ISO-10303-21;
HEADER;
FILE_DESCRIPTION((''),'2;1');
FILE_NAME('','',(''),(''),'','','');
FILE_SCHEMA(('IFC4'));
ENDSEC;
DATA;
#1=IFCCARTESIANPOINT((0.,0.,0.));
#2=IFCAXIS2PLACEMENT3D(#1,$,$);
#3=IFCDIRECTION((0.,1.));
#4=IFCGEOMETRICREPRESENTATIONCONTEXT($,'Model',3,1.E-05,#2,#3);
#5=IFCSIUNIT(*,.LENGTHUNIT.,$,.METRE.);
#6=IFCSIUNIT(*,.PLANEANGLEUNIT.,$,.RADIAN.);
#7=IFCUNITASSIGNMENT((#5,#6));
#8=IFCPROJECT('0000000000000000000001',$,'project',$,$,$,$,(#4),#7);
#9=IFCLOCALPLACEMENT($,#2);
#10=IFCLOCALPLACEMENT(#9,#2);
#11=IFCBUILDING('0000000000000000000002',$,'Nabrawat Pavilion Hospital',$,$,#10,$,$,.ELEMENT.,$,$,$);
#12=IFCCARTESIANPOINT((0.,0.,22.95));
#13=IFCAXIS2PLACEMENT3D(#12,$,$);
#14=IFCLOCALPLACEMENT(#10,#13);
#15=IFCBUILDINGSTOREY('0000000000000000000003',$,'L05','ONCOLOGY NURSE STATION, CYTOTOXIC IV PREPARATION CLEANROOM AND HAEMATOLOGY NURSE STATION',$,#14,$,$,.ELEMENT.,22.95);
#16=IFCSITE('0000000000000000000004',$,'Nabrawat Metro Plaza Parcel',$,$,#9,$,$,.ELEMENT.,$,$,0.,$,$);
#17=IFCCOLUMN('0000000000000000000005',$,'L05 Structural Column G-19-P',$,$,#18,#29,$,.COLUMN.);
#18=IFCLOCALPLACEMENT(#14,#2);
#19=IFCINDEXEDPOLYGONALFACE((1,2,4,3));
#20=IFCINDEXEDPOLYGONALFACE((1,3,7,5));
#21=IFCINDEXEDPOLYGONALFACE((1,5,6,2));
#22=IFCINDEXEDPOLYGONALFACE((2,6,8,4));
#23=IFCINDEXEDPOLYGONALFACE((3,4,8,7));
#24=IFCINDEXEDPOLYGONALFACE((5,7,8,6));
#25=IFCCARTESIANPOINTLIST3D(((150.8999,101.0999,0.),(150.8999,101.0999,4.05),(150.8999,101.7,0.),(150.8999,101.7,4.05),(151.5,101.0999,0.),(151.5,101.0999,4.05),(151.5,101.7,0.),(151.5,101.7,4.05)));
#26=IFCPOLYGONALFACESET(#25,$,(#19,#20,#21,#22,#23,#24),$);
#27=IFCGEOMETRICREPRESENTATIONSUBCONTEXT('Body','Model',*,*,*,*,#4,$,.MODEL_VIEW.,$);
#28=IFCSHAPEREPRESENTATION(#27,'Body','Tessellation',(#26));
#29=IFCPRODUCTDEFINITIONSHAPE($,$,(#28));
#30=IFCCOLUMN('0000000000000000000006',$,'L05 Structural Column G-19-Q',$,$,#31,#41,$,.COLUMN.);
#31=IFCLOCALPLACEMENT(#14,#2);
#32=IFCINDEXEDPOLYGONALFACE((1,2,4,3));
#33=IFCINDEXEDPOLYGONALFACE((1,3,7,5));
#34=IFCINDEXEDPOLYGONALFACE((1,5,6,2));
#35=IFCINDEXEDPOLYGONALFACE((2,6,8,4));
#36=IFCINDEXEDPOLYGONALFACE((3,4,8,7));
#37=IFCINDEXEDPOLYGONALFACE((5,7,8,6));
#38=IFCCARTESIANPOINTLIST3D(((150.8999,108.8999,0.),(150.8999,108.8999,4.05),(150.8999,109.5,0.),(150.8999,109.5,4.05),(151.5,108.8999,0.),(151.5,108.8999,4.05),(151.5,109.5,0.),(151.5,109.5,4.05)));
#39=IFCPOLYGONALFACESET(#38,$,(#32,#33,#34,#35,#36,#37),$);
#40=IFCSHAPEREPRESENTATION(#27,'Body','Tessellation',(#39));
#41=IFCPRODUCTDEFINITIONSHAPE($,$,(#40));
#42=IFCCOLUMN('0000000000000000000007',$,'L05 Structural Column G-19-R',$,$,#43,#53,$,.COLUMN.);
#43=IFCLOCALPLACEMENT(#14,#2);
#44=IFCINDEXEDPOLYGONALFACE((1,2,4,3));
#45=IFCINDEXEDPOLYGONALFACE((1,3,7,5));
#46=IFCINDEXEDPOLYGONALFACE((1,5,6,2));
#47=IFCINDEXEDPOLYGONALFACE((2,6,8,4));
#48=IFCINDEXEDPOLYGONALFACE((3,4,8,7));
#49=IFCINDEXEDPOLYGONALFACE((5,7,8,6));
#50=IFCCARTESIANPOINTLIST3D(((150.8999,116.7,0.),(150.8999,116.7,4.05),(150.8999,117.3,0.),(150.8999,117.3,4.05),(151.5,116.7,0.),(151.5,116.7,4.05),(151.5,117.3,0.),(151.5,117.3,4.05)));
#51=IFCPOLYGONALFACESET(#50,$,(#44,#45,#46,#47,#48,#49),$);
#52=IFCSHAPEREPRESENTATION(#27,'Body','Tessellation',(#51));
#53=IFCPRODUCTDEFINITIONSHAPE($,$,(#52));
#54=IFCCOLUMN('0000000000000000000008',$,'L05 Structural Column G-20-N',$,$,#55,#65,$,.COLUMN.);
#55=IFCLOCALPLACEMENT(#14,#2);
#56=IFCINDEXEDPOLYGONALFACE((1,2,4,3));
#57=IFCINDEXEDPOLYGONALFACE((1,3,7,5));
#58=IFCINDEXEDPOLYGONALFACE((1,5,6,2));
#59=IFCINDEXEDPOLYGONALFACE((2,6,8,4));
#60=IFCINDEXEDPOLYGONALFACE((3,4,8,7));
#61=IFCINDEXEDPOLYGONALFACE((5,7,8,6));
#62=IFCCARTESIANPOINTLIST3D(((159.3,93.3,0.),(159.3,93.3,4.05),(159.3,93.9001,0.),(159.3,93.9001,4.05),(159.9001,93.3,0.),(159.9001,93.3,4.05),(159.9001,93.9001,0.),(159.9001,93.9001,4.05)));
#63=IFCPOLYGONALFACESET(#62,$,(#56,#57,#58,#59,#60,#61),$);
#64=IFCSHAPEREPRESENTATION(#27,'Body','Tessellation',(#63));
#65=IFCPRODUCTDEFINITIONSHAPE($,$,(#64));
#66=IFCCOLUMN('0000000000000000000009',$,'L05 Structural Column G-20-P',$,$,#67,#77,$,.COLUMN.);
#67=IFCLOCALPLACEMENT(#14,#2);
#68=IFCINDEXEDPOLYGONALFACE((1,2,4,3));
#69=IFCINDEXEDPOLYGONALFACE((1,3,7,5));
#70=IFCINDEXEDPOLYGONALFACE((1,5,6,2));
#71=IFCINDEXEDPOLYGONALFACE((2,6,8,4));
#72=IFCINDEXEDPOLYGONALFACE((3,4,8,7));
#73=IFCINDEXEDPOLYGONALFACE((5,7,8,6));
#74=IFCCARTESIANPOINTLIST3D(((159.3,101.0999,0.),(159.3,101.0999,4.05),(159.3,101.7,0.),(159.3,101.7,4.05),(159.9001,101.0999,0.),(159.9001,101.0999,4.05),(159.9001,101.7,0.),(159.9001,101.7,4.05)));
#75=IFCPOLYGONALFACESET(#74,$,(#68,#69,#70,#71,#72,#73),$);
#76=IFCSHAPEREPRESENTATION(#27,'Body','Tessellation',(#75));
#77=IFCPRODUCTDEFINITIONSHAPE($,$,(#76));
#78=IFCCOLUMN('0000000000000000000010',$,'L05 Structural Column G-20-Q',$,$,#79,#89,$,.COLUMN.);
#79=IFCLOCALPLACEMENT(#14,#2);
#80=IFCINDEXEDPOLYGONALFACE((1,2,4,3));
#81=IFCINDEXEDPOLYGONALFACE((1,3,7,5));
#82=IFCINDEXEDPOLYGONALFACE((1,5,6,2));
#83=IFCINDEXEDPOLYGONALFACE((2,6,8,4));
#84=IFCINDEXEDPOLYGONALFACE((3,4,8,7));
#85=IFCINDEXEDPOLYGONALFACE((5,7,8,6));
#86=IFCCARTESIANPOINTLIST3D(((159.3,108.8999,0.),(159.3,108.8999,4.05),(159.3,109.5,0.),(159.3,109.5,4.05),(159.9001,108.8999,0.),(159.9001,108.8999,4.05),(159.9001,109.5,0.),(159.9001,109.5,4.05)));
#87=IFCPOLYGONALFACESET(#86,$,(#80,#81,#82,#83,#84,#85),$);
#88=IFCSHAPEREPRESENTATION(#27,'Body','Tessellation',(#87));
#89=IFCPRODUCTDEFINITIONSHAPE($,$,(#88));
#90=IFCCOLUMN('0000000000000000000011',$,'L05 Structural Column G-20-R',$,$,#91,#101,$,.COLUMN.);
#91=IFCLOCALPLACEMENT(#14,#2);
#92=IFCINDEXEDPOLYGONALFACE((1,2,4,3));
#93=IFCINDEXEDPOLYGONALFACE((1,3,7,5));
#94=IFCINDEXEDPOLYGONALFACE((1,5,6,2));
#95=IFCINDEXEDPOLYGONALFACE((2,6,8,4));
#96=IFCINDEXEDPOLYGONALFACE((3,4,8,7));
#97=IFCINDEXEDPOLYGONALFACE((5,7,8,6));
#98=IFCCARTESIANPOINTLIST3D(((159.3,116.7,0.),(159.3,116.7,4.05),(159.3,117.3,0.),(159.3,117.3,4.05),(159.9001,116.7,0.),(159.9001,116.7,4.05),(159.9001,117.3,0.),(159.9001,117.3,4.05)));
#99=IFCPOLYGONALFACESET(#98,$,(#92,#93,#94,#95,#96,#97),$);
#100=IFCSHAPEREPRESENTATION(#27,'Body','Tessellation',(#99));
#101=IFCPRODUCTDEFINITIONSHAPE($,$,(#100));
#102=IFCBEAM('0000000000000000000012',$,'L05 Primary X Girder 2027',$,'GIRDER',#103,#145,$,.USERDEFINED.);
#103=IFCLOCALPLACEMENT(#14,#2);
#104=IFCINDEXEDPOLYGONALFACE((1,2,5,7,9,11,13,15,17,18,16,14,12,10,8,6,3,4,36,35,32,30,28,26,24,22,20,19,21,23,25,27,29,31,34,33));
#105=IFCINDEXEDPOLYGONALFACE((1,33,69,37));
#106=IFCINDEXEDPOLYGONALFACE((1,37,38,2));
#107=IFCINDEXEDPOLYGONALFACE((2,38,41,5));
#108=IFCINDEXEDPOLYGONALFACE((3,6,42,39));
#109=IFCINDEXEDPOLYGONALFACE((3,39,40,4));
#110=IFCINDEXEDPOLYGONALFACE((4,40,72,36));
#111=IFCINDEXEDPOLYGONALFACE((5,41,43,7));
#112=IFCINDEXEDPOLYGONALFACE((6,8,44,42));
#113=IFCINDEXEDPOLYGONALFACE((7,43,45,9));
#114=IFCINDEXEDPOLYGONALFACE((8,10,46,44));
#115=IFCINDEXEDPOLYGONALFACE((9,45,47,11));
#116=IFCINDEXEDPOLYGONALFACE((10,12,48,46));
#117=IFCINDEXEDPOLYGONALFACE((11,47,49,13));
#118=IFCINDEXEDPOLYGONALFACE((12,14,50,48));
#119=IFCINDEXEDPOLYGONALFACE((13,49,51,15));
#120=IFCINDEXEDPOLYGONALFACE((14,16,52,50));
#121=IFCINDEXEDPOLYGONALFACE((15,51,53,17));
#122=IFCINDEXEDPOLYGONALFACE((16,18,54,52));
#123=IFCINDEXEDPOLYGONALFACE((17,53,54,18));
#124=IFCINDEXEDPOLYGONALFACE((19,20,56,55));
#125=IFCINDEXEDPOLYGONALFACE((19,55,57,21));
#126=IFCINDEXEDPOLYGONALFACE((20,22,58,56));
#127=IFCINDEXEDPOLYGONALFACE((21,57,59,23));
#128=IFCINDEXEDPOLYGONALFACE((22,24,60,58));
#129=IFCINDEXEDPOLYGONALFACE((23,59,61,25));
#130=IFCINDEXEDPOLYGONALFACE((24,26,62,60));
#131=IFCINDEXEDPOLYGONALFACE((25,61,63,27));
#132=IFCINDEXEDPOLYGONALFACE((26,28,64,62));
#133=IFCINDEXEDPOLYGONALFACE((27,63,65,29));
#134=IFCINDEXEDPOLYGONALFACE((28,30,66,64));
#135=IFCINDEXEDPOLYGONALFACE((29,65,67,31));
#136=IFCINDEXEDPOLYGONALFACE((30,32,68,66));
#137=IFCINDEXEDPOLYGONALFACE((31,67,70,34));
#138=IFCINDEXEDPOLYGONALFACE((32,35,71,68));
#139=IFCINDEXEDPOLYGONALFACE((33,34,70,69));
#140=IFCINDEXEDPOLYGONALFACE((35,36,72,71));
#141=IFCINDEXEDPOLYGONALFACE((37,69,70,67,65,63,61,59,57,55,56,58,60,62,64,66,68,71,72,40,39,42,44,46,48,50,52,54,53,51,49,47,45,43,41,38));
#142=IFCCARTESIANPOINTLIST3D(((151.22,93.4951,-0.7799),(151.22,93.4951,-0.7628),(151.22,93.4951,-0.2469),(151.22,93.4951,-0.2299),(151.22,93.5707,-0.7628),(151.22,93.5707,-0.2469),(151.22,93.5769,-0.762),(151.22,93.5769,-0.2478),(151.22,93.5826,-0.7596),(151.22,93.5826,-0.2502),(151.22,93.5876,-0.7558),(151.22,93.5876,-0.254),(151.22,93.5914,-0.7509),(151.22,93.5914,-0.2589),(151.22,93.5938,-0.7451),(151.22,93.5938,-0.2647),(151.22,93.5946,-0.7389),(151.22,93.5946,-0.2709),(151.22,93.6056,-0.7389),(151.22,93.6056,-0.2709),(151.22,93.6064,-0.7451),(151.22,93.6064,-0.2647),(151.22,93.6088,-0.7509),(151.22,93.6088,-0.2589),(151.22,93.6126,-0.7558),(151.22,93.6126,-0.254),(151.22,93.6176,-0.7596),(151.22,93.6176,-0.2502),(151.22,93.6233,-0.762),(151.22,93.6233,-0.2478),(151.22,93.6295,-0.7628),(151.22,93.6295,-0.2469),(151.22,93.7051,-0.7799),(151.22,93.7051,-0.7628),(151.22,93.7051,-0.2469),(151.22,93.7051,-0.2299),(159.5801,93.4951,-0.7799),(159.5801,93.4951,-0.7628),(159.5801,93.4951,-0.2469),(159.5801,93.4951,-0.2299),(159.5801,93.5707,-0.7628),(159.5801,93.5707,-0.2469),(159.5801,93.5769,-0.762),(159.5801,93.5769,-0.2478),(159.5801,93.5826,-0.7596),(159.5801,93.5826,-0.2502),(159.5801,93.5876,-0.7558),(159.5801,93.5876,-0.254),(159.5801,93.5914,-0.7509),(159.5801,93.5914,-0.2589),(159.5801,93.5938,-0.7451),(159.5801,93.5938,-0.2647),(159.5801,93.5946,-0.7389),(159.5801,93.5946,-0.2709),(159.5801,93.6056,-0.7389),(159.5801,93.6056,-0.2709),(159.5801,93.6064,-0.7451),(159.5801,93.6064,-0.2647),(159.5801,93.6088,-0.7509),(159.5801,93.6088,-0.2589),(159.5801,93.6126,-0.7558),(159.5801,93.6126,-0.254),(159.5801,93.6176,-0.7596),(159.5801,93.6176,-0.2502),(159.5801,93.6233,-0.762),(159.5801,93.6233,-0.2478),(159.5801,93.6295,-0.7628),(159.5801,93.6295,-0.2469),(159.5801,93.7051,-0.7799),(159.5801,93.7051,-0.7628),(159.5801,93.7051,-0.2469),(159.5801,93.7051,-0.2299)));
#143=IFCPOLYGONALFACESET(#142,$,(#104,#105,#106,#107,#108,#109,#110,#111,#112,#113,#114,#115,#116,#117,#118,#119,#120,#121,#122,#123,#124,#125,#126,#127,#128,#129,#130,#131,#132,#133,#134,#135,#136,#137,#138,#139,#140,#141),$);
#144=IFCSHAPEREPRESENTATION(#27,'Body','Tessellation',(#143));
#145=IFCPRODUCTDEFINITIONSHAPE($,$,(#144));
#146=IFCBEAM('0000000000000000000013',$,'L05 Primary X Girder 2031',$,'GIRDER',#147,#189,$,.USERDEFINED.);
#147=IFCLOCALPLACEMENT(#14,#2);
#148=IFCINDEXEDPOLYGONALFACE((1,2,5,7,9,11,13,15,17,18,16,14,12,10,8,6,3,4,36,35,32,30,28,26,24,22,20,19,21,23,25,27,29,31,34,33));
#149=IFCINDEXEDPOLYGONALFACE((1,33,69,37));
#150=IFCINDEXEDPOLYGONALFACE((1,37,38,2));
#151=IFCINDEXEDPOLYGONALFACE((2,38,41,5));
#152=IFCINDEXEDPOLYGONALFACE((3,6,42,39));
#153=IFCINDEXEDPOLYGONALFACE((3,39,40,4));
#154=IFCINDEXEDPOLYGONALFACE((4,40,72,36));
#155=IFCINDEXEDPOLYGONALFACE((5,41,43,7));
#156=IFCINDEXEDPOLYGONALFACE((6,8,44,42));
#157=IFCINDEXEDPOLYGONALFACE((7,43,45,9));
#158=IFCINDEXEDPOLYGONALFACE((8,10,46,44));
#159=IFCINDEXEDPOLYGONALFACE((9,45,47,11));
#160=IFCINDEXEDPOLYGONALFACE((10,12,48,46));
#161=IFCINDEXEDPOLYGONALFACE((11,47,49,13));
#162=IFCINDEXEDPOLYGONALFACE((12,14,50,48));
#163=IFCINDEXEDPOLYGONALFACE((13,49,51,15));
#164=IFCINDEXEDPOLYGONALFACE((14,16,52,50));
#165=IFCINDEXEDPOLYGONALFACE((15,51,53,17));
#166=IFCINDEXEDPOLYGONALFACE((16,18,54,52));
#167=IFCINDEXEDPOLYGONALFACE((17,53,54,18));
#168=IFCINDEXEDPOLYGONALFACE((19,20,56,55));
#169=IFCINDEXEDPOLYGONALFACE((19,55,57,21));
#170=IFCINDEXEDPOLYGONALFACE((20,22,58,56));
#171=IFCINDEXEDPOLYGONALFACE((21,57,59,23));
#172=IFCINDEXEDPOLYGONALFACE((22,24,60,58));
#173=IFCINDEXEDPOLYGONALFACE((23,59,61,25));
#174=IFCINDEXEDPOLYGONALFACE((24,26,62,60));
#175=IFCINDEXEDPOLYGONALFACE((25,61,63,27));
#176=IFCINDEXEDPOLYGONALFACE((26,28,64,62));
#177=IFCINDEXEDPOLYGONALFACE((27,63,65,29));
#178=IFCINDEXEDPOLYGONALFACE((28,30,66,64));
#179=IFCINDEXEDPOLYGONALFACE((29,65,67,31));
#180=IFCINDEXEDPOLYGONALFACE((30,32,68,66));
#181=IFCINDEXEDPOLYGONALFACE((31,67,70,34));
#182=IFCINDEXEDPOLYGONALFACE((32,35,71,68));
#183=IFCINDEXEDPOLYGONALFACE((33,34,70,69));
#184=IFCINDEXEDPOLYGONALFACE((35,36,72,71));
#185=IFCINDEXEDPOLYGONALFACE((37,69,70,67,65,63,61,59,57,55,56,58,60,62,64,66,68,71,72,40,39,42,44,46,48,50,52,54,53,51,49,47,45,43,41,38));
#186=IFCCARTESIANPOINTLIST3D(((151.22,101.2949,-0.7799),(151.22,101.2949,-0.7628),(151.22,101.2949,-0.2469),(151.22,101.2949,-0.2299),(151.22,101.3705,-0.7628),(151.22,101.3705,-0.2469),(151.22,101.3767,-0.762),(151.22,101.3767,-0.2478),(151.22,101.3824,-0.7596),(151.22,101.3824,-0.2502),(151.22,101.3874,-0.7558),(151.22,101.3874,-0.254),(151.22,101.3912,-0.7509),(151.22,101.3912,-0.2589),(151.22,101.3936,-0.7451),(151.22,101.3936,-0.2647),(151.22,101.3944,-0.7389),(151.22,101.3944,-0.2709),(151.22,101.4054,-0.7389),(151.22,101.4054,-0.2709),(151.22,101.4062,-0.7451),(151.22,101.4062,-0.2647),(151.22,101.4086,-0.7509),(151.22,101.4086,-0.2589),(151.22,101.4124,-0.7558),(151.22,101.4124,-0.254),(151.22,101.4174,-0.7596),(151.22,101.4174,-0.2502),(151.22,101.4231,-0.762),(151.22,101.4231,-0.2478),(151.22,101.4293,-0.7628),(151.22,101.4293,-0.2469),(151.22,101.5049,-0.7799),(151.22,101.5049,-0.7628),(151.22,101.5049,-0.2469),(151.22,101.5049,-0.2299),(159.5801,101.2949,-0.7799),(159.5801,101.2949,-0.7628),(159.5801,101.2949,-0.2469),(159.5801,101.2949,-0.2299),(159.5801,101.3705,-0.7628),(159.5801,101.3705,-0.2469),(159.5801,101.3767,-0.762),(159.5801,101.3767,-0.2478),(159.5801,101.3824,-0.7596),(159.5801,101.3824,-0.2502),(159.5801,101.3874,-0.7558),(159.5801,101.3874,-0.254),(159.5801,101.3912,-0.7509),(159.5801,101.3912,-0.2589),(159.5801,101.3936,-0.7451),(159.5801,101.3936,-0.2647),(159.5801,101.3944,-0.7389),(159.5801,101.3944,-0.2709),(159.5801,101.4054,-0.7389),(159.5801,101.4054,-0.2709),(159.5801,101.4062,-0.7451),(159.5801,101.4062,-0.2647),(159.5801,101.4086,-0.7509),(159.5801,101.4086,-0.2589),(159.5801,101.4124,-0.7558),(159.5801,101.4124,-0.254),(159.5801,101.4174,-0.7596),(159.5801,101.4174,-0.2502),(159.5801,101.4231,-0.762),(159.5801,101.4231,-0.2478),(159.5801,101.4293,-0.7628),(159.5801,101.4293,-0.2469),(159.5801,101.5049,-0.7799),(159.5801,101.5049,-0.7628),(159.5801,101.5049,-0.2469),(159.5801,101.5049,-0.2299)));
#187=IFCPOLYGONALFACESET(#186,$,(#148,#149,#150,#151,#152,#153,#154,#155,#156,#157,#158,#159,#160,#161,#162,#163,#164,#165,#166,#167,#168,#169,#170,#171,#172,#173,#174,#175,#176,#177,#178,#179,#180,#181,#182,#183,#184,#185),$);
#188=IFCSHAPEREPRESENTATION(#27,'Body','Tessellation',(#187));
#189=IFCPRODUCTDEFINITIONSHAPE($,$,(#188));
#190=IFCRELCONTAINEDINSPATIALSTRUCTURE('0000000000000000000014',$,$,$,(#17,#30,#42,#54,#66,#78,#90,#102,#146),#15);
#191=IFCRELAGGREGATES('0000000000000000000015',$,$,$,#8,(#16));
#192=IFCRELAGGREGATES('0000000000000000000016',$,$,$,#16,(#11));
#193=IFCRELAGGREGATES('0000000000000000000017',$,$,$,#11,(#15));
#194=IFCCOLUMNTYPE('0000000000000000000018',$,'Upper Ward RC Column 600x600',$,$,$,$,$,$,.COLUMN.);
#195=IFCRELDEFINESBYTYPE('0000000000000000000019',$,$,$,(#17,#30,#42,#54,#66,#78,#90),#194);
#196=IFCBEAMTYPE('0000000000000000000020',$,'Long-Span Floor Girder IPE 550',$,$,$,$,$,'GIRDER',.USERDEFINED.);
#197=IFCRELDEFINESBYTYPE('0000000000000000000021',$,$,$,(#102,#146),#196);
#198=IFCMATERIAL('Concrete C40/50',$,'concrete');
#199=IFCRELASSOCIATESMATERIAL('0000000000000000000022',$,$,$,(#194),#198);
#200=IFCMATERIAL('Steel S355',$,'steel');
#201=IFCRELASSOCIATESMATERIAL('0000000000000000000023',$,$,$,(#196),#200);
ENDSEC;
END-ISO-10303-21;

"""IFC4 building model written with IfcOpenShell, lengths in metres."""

from ifc_helpers import new_model, si_unit, direction, frame, origin, origin_2d, place, context, subcontext, project, spatial, rectangle, i_section, extrude, material, material_profile, profile_set, type_object, element, save


model = new_model("IFC4")

# Units and contexts
model_context = context("Model", 3, precision=1e-05, world=origin(), true_north=direction((0.0, 1.0)))
body_context = subcontext(model_context, "Body", "Model", "MODEL_VIEW")
ifc_project = project(units=[si_unit("LENGTHUNIT", "METRE"), si_unit("PLANEANGLEUNIT", "RADIAN")], contexts=[model_context])

# Site, building, storey
site_placement = place(None, origin())
site = spatial("IfcSite", under=ifc_project, at=site_placement, Name="Nabrawat Metro Plaza Parcel", CompositionType="ELEMENT", RefElevation=0.0)
building_placement = place(site_placement, origin())
building = spatial("IfcBuilding", under=site, at=building_placement, Name="Nabrawat Pavilion Hospital", CompositionType="ELEMENT")
storey_placement = place(building_placement, frame((0.0, 0.0, 22.95)))
storey = spatial("IfcBuildingStorey", under=building, at=storey_placement, Name="L05", Description="ONCOLOGY NURSE STATION, CYTOTOXIC IV PREPARATION CLEANROOM AND HAEMATOLOGY NURSE STATION", CompositionType="ELEMENT", Elevation=22.95)

# Columns
ifc_material_1 = material(Name="Concrete C40/50", Category="concrete")
ifc_material_profile_1 = material_profile(ifc_material_1, rectangle(XDim=0.6001, YDim=0.6001, at=origin_2d()), Name="RC 600x600")
ifc_profile_set_1 = profile_set([ifc_material_profile_1], Name="Concrete C40/50")
column_type = type_object("IfcColumnType", Name="Upper Ward RC Column 600x600", PredefinedType="COLUMN", material=ifc_profile_set_1)
for number, where, z_axis, x_axis, name in (
    (1, (151.2, 101.3999, 0.0), (0.0, 0.0, 1.0), (1.0, 0.0, 0.0), "L05 Structural Column G-19-P"),
    (2, (151.2, 109.2, 0.0), (0.0, 0.0, 1.0), (1.0, 0.0, 0.0), "L05 Structural Column G-19-Q"),
    (3, (151.2, 117.0, 0.0), (0.0, 0.0, 1.0), (1.0, 0.0, 0.0), "L05 Structural Column G-19-R"),
    (4, (159.6001, 93.6001, 0.0), (0.0, 0.0, 1.0), (1.0, 0.0, 0.0), "L05 Structural Column G-20-N"),
    (5, (159.6001, 101.3999, 0.0), (0.0, 0.0, 1.0), (1.0, 0.0, 0.0), "L05 Structural Column G-20-P"),
    (6, (159.6001, 109.2, 0.0), (0.0, 0.0, 1.0), (1.0, 0.0, 0.0), "L05 Structural Column G-20-Q"),
    (7, (159.6001, 117.0, 0.0), (0.0, 0.0, 1.0), (1.0, 0.0, 0.0), "L05 Structural Column G-20-R"),
):
    element("IfcColumn", number, at=place(storey_placement, frame(where, z_axis=z_axis, x_axis=x_axis)), inside=storey, type_object=column_type, Name=name, PredefinedType="COLUMN", context=body_context, shape_type="SweptSolid", body=[
        extrude(rectangle(XDim=0.6001, YDim=0.6001, at=origin_2d()), origin(), (0.0, 0.0, 1.0), 4.05),
    ])

# Beams
ifc_material_2 = material(Name="Steel S355", Category="steel")
ifc_material_profile_2 = material_profile(ifc_material_2, i_section(OverallWidth=0.21, OverallDepth=0.55, WebThickness=0.011, FlangeThickness=0.0171, FilletRadius=0.0239, at=origin_2d()), Name="IPE 550")
ifc_profile_set_2 = profile_set([ifc_material_profile_2], Name="Steel S355")
beam_type_1 = type_object("IfcBeamType", Name="Long-Span Floor Girder IPE 550", ElementType="GIRDER", PredefinedType="USERDEFINED", material=ifc_profile_set_2)
for number, where, z_axis, x_axis, name in (
    (8, (151.22, 93.6001, -0.5049), (1.0, 0.0, 0.0), (0.0, 1.0, 0.0), "L05 Primary X Girder 2027"),
    (9, (151.22, 101.3999, -0.5049), (1.0, 0.0, 0.0), (0.0, 1.0, 0.0), "L05 Primary X Girder 2031"),
):
    element("IfcBeam", number, at=place(storey_placement, frame(where, z_axis=z_axis, x_axis=x_axis)), inside=storey, type_object=beam_type_1, Name=name, ObjectType="GIRDER", PredefinedType="USERDEFINED", context=body_context, shape_type="SweptSolid", body=[
        extrude(i_section(OverallWidth=0.21, OverallDepth=0.55, WebThickness=0.011, FlangeThickness=0.0171, FilletRadius=0.0239, at=origin_2d()), origin(), (0.0, 0.0, 1.0), 8.3601),
    ])

save(model, "model.ifc")
